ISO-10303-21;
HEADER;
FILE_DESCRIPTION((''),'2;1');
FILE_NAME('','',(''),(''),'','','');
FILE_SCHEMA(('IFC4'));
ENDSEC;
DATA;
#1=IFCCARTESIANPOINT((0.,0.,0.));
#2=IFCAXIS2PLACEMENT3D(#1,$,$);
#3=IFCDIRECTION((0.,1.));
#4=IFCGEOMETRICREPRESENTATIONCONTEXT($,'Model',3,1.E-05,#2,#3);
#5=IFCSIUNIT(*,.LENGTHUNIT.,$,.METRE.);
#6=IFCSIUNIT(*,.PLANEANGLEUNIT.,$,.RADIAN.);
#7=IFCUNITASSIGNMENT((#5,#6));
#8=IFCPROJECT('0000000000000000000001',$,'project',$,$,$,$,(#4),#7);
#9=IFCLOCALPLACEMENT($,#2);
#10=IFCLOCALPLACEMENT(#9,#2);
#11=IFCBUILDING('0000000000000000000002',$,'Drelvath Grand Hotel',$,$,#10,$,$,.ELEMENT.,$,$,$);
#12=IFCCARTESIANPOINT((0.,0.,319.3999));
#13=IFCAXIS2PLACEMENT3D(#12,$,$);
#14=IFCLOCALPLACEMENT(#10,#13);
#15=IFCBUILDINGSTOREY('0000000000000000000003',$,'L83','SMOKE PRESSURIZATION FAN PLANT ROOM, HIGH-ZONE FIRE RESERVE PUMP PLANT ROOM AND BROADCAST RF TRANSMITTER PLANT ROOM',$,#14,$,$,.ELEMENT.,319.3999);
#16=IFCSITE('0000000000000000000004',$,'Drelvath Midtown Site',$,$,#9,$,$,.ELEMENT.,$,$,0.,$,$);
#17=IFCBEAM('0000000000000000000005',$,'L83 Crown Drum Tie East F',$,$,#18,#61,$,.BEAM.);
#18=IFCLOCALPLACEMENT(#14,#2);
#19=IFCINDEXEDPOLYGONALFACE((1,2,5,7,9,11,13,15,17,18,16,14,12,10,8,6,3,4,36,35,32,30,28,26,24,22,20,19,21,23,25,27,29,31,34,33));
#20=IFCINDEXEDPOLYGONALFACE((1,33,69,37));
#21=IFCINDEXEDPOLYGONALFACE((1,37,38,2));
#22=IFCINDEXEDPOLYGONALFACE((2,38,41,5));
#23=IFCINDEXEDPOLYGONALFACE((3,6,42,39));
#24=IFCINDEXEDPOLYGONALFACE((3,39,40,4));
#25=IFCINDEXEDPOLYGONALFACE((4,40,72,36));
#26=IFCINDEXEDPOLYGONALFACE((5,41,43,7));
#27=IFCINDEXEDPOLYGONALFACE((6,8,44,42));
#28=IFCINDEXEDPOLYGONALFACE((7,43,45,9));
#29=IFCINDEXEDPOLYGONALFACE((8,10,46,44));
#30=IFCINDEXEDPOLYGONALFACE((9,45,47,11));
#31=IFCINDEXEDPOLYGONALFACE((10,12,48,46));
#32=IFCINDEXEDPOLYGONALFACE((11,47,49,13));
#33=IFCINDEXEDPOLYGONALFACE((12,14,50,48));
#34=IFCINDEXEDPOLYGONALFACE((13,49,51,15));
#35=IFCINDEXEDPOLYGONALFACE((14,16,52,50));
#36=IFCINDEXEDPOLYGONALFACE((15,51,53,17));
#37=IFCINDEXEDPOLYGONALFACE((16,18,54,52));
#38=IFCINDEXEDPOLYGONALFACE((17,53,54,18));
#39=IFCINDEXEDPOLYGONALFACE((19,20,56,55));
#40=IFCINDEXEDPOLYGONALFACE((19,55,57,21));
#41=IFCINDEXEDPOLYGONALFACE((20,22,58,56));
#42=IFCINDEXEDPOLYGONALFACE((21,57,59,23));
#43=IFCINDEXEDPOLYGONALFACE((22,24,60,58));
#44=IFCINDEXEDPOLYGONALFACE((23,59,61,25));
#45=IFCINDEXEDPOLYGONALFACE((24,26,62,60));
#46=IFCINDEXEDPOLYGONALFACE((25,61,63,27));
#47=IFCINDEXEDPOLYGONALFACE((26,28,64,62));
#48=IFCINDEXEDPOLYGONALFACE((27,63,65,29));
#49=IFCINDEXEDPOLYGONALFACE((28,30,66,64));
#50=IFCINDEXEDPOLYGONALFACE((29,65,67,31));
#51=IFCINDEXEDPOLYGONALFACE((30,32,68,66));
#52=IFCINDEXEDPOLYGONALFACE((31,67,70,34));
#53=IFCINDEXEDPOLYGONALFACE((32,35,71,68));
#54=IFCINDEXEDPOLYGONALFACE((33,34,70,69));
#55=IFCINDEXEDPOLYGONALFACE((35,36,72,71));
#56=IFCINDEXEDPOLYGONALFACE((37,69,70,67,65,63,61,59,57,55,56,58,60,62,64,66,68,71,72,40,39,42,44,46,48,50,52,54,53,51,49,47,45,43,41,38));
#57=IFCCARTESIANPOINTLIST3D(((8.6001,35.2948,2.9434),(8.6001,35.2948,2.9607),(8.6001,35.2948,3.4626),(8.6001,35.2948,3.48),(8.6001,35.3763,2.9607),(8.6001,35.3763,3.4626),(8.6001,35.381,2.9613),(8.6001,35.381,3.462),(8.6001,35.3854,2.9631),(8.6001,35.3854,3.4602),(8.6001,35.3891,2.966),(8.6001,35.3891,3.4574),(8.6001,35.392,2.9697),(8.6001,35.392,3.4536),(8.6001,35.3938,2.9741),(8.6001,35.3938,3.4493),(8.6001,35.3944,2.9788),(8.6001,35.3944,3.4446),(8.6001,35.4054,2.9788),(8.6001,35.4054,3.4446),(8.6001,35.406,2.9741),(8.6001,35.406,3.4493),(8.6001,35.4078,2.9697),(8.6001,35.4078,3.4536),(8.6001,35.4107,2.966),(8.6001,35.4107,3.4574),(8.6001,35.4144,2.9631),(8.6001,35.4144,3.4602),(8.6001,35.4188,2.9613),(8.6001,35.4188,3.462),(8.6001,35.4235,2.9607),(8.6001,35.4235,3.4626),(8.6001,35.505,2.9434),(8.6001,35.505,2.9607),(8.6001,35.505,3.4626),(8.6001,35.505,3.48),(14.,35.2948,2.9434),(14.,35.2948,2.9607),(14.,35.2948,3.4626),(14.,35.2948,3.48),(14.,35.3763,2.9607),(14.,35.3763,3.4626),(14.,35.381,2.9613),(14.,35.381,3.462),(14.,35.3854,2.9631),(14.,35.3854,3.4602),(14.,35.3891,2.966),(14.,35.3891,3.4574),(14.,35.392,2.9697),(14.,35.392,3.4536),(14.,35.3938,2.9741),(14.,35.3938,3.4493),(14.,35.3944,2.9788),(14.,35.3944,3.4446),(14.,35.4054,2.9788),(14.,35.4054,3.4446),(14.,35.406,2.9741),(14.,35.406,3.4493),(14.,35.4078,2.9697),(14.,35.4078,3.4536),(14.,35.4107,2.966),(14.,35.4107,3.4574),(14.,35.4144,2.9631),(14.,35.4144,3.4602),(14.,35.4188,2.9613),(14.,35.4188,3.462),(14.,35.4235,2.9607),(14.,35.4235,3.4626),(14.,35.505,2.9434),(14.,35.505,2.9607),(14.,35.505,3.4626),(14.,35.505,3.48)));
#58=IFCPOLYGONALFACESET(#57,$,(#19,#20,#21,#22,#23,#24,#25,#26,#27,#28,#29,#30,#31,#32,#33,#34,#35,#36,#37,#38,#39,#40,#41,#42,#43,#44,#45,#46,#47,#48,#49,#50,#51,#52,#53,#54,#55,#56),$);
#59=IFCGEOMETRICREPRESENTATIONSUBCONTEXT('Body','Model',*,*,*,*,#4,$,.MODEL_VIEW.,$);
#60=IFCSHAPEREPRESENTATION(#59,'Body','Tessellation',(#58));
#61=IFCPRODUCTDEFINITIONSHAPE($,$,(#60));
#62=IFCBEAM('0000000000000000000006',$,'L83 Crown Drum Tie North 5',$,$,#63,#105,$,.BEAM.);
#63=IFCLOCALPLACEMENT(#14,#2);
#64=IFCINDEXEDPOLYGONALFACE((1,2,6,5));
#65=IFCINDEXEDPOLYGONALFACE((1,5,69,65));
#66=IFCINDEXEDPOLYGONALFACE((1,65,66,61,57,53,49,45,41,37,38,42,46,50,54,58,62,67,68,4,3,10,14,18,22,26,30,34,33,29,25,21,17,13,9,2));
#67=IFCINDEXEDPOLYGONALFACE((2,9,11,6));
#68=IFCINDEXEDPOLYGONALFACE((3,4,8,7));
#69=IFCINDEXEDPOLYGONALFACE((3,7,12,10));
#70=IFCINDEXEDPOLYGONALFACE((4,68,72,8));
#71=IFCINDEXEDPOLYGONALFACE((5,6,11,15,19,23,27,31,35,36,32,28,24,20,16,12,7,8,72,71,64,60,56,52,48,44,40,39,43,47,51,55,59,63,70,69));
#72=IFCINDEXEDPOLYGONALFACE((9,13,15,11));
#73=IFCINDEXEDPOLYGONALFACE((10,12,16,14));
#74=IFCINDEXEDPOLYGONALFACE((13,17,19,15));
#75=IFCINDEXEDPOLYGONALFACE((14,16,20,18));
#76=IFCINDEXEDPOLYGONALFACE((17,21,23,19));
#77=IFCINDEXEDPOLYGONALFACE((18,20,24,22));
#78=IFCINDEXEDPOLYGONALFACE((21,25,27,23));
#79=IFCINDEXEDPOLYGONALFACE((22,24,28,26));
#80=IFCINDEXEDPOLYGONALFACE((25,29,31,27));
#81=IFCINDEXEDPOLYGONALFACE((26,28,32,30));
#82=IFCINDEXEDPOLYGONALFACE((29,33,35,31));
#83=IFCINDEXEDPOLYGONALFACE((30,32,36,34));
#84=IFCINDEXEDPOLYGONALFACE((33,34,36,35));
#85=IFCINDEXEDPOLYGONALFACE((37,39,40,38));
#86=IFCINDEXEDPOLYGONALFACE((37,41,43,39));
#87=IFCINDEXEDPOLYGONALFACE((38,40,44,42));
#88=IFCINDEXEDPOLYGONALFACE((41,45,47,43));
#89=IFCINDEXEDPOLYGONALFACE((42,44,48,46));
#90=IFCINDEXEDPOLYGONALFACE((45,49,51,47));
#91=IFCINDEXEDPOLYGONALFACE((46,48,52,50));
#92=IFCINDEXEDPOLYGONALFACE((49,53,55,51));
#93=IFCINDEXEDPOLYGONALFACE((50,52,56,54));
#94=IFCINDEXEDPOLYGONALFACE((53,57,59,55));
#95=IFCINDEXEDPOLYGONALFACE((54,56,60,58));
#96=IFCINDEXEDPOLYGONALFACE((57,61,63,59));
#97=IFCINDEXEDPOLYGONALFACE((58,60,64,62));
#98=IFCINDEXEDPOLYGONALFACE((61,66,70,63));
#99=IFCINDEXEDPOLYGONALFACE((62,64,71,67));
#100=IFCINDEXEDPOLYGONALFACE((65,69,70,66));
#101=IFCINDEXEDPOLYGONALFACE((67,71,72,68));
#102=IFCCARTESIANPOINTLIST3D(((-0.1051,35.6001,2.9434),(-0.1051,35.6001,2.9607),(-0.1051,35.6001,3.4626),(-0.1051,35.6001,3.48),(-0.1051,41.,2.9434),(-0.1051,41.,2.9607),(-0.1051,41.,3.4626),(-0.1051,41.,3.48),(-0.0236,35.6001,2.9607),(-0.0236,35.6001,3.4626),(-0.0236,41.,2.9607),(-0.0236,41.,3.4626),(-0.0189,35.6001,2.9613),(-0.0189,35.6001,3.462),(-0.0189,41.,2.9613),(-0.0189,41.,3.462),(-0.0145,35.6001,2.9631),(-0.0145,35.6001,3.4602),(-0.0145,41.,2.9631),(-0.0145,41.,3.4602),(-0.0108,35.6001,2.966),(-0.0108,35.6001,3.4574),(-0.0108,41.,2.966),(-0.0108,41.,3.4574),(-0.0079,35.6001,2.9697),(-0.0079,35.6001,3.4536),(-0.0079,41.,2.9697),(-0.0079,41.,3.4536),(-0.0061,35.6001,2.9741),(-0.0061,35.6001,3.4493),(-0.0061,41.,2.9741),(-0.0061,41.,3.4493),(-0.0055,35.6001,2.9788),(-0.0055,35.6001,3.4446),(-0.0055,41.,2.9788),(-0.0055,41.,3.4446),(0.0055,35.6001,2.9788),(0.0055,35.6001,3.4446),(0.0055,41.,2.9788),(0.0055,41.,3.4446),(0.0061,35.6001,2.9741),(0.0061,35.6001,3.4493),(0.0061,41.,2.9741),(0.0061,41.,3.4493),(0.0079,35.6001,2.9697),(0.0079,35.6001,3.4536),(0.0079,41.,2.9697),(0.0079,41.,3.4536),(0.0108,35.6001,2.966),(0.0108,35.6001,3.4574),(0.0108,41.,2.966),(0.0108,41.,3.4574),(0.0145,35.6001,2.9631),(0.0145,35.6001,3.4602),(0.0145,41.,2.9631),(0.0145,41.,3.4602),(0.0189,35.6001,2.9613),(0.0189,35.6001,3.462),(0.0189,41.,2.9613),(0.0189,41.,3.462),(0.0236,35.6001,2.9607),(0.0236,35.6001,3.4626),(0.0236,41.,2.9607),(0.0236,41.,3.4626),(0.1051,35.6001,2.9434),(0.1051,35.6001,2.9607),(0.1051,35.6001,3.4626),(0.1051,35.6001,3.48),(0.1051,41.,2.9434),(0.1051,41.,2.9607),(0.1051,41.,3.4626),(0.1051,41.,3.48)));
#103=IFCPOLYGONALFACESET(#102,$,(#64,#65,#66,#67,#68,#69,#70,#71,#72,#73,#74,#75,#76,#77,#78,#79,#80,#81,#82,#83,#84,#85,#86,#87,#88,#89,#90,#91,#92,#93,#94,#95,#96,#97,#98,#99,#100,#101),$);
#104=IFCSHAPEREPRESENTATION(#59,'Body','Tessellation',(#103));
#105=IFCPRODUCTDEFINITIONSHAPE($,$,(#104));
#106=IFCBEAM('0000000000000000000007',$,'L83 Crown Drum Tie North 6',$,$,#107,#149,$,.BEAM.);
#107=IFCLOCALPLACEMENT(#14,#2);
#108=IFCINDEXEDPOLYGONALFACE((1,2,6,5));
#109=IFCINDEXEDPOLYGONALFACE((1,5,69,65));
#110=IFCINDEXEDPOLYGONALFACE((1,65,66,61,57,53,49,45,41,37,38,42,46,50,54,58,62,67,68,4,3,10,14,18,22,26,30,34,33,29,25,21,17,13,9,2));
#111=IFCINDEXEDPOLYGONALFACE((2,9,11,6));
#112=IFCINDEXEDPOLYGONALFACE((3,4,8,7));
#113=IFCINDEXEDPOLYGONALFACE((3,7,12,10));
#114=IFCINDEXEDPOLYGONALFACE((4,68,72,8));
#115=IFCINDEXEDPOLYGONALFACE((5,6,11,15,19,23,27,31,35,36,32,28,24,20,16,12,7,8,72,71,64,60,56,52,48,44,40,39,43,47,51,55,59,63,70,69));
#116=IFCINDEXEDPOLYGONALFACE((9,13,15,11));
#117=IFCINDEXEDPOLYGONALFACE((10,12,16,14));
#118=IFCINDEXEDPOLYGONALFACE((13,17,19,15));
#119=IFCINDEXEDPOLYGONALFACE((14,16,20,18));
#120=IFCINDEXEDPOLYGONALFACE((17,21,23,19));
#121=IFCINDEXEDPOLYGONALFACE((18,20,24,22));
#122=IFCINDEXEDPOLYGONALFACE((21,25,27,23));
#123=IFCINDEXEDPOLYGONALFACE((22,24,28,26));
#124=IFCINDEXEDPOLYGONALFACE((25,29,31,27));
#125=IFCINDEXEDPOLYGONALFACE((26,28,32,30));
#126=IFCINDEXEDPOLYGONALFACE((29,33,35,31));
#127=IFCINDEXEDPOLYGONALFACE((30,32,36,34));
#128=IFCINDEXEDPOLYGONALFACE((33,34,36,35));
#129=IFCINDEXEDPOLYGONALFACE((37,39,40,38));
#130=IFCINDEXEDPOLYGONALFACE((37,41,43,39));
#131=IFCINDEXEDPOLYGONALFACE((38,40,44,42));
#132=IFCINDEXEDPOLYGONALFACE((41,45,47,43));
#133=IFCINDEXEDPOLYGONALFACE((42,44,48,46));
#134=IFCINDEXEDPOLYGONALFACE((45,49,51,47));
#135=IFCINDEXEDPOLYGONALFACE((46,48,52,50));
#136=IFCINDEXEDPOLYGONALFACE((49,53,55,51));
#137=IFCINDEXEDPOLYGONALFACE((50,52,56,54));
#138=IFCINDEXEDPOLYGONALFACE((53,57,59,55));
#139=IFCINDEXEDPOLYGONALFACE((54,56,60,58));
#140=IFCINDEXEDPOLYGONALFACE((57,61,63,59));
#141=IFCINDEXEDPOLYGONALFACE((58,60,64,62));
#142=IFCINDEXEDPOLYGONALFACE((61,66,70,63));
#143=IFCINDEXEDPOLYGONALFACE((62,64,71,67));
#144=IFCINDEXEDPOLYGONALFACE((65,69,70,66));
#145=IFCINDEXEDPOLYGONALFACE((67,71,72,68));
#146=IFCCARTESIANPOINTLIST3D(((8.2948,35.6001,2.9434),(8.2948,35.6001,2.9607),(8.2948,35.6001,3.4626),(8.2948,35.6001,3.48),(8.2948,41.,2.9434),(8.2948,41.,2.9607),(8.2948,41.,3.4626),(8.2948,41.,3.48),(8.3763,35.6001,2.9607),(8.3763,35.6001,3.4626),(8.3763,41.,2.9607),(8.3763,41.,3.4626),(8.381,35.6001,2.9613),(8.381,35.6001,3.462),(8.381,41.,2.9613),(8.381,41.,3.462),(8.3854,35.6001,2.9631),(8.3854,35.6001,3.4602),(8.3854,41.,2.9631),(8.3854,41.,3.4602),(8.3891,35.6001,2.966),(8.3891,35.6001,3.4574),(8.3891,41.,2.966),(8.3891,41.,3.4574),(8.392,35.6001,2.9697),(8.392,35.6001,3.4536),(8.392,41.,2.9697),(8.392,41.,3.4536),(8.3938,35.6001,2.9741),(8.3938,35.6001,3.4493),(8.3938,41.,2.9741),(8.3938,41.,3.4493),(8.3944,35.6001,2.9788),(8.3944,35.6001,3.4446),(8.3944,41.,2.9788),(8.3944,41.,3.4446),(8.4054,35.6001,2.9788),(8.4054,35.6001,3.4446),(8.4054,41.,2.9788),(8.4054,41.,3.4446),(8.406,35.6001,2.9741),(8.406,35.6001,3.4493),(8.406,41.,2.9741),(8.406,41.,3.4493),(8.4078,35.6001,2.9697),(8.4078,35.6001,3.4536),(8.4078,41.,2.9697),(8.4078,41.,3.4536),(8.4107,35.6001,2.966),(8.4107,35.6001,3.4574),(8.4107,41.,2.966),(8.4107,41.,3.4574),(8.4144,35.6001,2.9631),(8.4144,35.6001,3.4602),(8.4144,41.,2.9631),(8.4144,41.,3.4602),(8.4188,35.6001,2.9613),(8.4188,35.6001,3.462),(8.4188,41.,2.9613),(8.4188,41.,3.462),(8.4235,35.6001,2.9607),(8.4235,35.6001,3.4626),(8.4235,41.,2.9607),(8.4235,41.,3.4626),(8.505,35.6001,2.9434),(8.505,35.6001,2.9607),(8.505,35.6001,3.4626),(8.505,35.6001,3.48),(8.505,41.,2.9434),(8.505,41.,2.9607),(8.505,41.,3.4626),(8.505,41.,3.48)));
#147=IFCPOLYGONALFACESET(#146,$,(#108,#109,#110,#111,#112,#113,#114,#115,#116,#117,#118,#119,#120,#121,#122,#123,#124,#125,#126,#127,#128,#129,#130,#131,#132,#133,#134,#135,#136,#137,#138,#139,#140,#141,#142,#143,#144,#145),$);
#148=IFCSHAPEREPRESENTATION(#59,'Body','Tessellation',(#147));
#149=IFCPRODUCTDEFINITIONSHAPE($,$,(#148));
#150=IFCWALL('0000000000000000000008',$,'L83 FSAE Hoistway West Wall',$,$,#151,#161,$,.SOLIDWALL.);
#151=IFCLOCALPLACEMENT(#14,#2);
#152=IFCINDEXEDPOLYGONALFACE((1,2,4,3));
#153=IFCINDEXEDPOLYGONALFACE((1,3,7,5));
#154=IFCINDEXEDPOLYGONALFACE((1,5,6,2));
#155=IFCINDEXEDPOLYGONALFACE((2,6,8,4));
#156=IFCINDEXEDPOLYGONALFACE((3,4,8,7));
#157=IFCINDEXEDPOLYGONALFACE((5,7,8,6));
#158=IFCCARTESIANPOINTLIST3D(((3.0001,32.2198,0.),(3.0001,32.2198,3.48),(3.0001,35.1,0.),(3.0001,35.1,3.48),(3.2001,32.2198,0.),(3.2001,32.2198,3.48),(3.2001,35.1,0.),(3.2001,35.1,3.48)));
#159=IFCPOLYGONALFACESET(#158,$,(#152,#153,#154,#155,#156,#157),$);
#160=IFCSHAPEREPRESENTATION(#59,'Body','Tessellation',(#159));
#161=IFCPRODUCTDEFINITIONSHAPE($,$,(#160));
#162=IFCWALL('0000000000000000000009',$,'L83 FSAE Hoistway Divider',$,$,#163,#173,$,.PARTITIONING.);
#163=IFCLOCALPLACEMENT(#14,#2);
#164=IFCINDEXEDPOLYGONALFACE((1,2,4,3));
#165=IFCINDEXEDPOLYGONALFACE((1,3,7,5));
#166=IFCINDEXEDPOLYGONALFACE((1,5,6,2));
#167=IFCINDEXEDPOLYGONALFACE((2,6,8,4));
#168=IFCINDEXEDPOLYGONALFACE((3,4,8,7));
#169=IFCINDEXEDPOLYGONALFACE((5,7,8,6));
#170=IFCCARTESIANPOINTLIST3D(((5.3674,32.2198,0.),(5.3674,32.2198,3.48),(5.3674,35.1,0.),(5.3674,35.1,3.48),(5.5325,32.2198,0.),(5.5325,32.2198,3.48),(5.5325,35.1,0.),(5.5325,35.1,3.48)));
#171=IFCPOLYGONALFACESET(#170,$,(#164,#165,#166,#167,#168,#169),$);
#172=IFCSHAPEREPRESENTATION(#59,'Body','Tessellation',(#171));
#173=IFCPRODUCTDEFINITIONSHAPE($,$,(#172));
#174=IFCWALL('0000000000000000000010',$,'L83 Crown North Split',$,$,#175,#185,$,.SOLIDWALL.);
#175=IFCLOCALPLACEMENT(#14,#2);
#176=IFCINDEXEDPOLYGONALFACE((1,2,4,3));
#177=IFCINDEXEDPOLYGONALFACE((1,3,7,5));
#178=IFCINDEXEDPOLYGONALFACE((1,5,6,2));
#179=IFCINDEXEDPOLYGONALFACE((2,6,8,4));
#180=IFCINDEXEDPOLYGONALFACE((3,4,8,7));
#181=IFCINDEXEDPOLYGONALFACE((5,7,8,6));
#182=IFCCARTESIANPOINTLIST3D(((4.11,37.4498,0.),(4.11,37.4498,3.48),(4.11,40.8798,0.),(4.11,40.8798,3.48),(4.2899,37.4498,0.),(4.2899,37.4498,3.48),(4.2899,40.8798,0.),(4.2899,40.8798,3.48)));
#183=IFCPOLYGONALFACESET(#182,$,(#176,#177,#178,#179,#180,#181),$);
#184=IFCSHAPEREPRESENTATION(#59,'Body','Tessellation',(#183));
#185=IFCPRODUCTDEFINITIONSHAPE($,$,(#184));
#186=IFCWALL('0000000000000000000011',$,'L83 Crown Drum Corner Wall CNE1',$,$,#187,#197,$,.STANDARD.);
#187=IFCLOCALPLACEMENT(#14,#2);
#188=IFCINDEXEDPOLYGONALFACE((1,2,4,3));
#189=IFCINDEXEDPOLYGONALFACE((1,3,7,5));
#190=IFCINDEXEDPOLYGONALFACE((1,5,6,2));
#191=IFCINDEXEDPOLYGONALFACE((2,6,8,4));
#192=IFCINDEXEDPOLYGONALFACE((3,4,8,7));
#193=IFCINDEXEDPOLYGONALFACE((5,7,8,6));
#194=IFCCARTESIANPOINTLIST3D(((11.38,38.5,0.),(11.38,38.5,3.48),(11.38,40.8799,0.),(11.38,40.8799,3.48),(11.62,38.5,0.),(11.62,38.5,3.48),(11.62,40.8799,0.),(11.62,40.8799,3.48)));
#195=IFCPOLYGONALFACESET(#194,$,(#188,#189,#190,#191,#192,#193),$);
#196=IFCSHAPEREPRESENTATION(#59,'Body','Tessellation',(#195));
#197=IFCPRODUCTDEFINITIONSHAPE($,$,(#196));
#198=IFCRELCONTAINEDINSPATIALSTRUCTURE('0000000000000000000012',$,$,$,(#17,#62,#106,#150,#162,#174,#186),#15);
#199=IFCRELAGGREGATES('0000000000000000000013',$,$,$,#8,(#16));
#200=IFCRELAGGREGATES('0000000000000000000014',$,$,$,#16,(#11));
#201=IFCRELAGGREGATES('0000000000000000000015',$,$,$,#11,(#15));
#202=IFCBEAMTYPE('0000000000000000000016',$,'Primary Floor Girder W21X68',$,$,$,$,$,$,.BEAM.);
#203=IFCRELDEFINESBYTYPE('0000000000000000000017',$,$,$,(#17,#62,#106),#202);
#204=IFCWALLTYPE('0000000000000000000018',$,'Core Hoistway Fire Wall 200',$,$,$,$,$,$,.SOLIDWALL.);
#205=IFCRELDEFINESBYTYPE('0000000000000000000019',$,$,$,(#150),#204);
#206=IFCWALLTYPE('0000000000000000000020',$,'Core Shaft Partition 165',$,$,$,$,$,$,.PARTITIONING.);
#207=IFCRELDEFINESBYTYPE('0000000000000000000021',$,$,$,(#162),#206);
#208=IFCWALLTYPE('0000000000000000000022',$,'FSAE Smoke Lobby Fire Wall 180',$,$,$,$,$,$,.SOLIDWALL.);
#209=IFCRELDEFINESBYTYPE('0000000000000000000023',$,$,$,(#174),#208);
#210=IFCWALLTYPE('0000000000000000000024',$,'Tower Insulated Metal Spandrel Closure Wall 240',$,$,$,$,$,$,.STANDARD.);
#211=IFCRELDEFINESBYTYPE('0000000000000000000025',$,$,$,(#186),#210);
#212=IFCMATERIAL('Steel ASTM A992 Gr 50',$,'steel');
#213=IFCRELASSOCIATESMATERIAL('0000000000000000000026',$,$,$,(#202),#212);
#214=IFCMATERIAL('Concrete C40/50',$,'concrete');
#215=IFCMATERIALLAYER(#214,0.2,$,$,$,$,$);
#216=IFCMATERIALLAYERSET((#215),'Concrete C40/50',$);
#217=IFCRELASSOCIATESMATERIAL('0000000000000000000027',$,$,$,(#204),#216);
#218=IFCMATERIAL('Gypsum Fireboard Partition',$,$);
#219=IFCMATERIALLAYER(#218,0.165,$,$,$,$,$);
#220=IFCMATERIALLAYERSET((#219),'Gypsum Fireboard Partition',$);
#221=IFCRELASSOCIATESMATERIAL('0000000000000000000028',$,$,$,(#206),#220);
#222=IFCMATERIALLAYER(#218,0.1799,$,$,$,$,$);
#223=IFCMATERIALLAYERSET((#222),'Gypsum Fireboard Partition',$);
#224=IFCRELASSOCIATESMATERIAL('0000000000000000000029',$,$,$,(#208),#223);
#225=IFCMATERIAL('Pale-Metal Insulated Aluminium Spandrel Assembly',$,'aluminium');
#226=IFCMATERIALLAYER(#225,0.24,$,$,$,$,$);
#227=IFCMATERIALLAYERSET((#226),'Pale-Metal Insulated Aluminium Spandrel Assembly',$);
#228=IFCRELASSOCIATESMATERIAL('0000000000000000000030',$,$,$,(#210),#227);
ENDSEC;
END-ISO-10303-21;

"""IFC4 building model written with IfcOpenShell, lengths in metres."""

from ifc_helpers import new_model, si_unit, direction, frame, frame_2d, origin, origin_2d, place, context, subcontext, project, spatial, rectangle, i_section, extrude, material, layer, layer_set, material_profile, profile_set, type_object, element, save


model = new_model("IFC4")

# Units and contexts
model_context = context("Model", 3, precision=1e-05, world=origin(), true_north=direction((0.0, 1.0)))
body_context = subcontext(model_context, "Body", "Model", "MODEL_VIEW")
ifc_project = project(units=[si_unit("LENGTHUNIT", "METRE"), si_unit("PLANEANGLEUNIT", "RADIAN")], contexts=[model_context])

# Site, building, storey
site_placement = place(None, origin())
site = spatial("IfcSite", under=ifc_project, at=site_placement, Name="Drelvath Midtown Site", CompositionType="ELEMENT", RefElevation=0.0)
building_placement = place(site_placement, origin())
building = spatial("IfcBuilding", under=site, at=building_placement, Name="Drelvath Grand Hotel", CompositionType="ELEMENT")
storey_placement = place(building_placement, frame((0.0, 0.0, 319.3999)))
storey = spatial("IfcBuildingStorey", under=building, at=storey_placement, Name="L83", Description="SMOKE PRESSURIZATION FAN PLANT ROOM, HIGH-ZONE FIRE RESERVE PUMP PLANT ROOM AND BROADCAST RF TRANSMITTER PLANT ROOM", CompositionType="ELEMENT", Elevation=319.3999)

# Beams
ifc_material_1 = material(Name="Steel ASTM A992 Gr 50", Category="steel")
ifc_material_profile_1 = material_profile(ifc_material_1, i_section(OverallWidth=0.2102, OverallDepth=0.5366, WebThickness=0.011, FlangeThickness=0.0173, FilletRadius=0.0181, at=origin_2d()), Name="W21X68")
ifc_profile_set_1 = profile_set([ifc_material_profile_1], Name="Steel ASTM A992 Gr 50")
beam_type = type_object("IfcBeamType", Name="Primary Floor Girder W21X68", PredefinedType="BEAM", material=ifc_profile_set_1)
for number, where, z_axis, x_axis, name in (
    (1, (8.6001, 35.3999, 3.2117), (1.0, 0.0, 0.0), (0.0, 1.0, 0.0), "L83 Crown Drum Tie East F"),
    (2, (0.0, 35.6001, 3.2117), (0.0, 1.0, 0.0), (-1.0, 0.0, 0.0), "L83 Crown Drum Tie North 5"),
    (3, (8.3999, 35.6001, 3.2117), (0.0, 1.0, 0.0), (-1.0, 0.0, 0.0), "L83 Crown Drum Tie North 6"),
):
    element("IfcBeam", number, at=place(storey_placement, frame(where, z_axis=z_axis, x_axis=x_axis)), inside=storey, type_object=beam_type, Name=name, PredefinedType="BEAM", context=body_context, shape_type="SweptSolid", body=[
        extrude(i_section(OverallWidth=0.2102, OverallDepth=0.5366, WebThickness=0.011, FlangeThickness=0.0173, FilletRadius=0.0181, at=origin_2d()), origin(), (0.0, 0.0, 1.0), 5.3999),
    ])

# Walls
ifc_material_2 = material(Name="Concrete C40/50", Category="concrete")
ifc_layer_1 = layer(ifc_material_2, 0.2)
ifc_layer_set_1 = layer_set([ifc_layer_1], Name="Concrete C40/50")
wall_type_1 = type_object("IfcWallType", Name="Core Hoistway Fire Wall 200", PredefinedType="SOLIDWALL", material=ifc_layer_set_1)
wall_1_placement = place(storey_placement, frame((3.1001, 32.22, 0.0), z_axis=(0.0, 0.0, 1.0), x_axis=(0.0, 1.0, 0.0)))
element("IfcWall", 4, at=wall_1_placement, inside=storey, type_object=wall_type_1, Name="L83 FSAE Hoistway West Wall", PredefinedType="SOLIDWALL", context=body_context, shape_type="SweptSolid", body=[
    extrude(rectangle(XDim=2.8801, YDim=0.2, at=frame_2d((1.4399, 0.0))), origin(), (0.0, 0.0, 1.0), 3.48),
])
ifc_material_3 = material(Name="Gypsum Fireboard Partition")
ifc_layer_2 = layer(ifc_material_3, 0.165)
ifc_layer_set_2 = layer_set([ifc_layer_2], Name="Gypsum Fireboard Partition")
wall_type_2 = type_object("IfcWallType", Name="Core Shaft Partition 165", PredefinedType="PARTITIONING", material=ifc_layer_set_2)
wall_2_placement = place(storey_placement, frame((5.45, 32.22, 0.0), z_axis=(0.0, 0.0, 1.0), x_axis=(0.0, 1.0, 0.0)))
element("IfcWall", 5, at=wall_2_placement, inside=storey, type_object=wall_type_2, Name="L83 FSAE Hoistway Divider", PredefinedType="PARTITIONING", context=body_context, shape_type="SweptSolid", body=[
    extrude(rectangle(XDim=2.8801, YDim=0.165, at=frame_2d((1.4399, 0.0))), origin(), (0.0, 0.0, 1.0), 3.48),
])
ifc_layer_3 = layer(ifc_material_3, 0.1799)
ifc_layer_set_3 = layer_set([ifc_layer_3], Name="Gypsum Fireboard Partition")
wall_type_3 = type_object("IfcWallType", Name="FSAE Smoke Lobby Fire Wall 180", PredefinedType="SOLIDWALL", material=ifc_layer_set_3)
wall_3_placement = place(storey_placement, frame((4.2, 37.45, 0.0), z_axis=(0.0, 0.0, 1.0), x_axis=(0.0, 1.0, 0.0)))
element("IfcWall", 6, at=wall_3_placement, inside=storey, type_object=wall_type_3, Name="L83 Crown North Split", PredefinedType="SOLIDWALL", context=body_context, shape_type="SweptSolid", body=[
    extrude(rectangle(XDim=3.4299, YDim=0.1799, at=frame_2d((1.7148, 0.0))), origin(), (0.0, 0.0, 1.0), 3.48),
])
ifc_material_4 = material(Name="Pale-Metal Insulated Aluminium Spandrel Assembly", Category="aluminium")
ifc_layer_4 = layer(ifc_material_4, 0.24)
ifc_layer_set_4 = layer_set([ifc_layer_4], Name="Pale-Metal Insulated Aluminium Spandrel Assembly")
wall_type_4 = type_object("IfcWallType", Name="Tower Insulated Metal Spandrel Closure Wall 240", PredefinedType="STANDARD", material=ifc_layer_set_4)
for number, where, z_axis, x_axis, name in (
    (7, (11.5, 40.8799, 0.0), (0.0, 0.0, 1.0), (0.0, -1.0, 0.0), "L83 Crown Drum Corner Wall CNE1"),
):
    element("IfcWall", number, at=place(storey_placement, frame(where, z_axis=z_axis, x_axis=x_axis)), inside=storey, type_object=wall_type_4, Name=name, PredefinedType="STANDARD", context=body_context, shape_type="SweptSolid", body=[
        extrude(rectangle(XDim=2.3799, YDim=0.24, at=frame_2d((1.1899, 0.0))), origin(), (0.0, 0.0, 1.0), 3.48),
    ])

save(model, "model.ifc")
